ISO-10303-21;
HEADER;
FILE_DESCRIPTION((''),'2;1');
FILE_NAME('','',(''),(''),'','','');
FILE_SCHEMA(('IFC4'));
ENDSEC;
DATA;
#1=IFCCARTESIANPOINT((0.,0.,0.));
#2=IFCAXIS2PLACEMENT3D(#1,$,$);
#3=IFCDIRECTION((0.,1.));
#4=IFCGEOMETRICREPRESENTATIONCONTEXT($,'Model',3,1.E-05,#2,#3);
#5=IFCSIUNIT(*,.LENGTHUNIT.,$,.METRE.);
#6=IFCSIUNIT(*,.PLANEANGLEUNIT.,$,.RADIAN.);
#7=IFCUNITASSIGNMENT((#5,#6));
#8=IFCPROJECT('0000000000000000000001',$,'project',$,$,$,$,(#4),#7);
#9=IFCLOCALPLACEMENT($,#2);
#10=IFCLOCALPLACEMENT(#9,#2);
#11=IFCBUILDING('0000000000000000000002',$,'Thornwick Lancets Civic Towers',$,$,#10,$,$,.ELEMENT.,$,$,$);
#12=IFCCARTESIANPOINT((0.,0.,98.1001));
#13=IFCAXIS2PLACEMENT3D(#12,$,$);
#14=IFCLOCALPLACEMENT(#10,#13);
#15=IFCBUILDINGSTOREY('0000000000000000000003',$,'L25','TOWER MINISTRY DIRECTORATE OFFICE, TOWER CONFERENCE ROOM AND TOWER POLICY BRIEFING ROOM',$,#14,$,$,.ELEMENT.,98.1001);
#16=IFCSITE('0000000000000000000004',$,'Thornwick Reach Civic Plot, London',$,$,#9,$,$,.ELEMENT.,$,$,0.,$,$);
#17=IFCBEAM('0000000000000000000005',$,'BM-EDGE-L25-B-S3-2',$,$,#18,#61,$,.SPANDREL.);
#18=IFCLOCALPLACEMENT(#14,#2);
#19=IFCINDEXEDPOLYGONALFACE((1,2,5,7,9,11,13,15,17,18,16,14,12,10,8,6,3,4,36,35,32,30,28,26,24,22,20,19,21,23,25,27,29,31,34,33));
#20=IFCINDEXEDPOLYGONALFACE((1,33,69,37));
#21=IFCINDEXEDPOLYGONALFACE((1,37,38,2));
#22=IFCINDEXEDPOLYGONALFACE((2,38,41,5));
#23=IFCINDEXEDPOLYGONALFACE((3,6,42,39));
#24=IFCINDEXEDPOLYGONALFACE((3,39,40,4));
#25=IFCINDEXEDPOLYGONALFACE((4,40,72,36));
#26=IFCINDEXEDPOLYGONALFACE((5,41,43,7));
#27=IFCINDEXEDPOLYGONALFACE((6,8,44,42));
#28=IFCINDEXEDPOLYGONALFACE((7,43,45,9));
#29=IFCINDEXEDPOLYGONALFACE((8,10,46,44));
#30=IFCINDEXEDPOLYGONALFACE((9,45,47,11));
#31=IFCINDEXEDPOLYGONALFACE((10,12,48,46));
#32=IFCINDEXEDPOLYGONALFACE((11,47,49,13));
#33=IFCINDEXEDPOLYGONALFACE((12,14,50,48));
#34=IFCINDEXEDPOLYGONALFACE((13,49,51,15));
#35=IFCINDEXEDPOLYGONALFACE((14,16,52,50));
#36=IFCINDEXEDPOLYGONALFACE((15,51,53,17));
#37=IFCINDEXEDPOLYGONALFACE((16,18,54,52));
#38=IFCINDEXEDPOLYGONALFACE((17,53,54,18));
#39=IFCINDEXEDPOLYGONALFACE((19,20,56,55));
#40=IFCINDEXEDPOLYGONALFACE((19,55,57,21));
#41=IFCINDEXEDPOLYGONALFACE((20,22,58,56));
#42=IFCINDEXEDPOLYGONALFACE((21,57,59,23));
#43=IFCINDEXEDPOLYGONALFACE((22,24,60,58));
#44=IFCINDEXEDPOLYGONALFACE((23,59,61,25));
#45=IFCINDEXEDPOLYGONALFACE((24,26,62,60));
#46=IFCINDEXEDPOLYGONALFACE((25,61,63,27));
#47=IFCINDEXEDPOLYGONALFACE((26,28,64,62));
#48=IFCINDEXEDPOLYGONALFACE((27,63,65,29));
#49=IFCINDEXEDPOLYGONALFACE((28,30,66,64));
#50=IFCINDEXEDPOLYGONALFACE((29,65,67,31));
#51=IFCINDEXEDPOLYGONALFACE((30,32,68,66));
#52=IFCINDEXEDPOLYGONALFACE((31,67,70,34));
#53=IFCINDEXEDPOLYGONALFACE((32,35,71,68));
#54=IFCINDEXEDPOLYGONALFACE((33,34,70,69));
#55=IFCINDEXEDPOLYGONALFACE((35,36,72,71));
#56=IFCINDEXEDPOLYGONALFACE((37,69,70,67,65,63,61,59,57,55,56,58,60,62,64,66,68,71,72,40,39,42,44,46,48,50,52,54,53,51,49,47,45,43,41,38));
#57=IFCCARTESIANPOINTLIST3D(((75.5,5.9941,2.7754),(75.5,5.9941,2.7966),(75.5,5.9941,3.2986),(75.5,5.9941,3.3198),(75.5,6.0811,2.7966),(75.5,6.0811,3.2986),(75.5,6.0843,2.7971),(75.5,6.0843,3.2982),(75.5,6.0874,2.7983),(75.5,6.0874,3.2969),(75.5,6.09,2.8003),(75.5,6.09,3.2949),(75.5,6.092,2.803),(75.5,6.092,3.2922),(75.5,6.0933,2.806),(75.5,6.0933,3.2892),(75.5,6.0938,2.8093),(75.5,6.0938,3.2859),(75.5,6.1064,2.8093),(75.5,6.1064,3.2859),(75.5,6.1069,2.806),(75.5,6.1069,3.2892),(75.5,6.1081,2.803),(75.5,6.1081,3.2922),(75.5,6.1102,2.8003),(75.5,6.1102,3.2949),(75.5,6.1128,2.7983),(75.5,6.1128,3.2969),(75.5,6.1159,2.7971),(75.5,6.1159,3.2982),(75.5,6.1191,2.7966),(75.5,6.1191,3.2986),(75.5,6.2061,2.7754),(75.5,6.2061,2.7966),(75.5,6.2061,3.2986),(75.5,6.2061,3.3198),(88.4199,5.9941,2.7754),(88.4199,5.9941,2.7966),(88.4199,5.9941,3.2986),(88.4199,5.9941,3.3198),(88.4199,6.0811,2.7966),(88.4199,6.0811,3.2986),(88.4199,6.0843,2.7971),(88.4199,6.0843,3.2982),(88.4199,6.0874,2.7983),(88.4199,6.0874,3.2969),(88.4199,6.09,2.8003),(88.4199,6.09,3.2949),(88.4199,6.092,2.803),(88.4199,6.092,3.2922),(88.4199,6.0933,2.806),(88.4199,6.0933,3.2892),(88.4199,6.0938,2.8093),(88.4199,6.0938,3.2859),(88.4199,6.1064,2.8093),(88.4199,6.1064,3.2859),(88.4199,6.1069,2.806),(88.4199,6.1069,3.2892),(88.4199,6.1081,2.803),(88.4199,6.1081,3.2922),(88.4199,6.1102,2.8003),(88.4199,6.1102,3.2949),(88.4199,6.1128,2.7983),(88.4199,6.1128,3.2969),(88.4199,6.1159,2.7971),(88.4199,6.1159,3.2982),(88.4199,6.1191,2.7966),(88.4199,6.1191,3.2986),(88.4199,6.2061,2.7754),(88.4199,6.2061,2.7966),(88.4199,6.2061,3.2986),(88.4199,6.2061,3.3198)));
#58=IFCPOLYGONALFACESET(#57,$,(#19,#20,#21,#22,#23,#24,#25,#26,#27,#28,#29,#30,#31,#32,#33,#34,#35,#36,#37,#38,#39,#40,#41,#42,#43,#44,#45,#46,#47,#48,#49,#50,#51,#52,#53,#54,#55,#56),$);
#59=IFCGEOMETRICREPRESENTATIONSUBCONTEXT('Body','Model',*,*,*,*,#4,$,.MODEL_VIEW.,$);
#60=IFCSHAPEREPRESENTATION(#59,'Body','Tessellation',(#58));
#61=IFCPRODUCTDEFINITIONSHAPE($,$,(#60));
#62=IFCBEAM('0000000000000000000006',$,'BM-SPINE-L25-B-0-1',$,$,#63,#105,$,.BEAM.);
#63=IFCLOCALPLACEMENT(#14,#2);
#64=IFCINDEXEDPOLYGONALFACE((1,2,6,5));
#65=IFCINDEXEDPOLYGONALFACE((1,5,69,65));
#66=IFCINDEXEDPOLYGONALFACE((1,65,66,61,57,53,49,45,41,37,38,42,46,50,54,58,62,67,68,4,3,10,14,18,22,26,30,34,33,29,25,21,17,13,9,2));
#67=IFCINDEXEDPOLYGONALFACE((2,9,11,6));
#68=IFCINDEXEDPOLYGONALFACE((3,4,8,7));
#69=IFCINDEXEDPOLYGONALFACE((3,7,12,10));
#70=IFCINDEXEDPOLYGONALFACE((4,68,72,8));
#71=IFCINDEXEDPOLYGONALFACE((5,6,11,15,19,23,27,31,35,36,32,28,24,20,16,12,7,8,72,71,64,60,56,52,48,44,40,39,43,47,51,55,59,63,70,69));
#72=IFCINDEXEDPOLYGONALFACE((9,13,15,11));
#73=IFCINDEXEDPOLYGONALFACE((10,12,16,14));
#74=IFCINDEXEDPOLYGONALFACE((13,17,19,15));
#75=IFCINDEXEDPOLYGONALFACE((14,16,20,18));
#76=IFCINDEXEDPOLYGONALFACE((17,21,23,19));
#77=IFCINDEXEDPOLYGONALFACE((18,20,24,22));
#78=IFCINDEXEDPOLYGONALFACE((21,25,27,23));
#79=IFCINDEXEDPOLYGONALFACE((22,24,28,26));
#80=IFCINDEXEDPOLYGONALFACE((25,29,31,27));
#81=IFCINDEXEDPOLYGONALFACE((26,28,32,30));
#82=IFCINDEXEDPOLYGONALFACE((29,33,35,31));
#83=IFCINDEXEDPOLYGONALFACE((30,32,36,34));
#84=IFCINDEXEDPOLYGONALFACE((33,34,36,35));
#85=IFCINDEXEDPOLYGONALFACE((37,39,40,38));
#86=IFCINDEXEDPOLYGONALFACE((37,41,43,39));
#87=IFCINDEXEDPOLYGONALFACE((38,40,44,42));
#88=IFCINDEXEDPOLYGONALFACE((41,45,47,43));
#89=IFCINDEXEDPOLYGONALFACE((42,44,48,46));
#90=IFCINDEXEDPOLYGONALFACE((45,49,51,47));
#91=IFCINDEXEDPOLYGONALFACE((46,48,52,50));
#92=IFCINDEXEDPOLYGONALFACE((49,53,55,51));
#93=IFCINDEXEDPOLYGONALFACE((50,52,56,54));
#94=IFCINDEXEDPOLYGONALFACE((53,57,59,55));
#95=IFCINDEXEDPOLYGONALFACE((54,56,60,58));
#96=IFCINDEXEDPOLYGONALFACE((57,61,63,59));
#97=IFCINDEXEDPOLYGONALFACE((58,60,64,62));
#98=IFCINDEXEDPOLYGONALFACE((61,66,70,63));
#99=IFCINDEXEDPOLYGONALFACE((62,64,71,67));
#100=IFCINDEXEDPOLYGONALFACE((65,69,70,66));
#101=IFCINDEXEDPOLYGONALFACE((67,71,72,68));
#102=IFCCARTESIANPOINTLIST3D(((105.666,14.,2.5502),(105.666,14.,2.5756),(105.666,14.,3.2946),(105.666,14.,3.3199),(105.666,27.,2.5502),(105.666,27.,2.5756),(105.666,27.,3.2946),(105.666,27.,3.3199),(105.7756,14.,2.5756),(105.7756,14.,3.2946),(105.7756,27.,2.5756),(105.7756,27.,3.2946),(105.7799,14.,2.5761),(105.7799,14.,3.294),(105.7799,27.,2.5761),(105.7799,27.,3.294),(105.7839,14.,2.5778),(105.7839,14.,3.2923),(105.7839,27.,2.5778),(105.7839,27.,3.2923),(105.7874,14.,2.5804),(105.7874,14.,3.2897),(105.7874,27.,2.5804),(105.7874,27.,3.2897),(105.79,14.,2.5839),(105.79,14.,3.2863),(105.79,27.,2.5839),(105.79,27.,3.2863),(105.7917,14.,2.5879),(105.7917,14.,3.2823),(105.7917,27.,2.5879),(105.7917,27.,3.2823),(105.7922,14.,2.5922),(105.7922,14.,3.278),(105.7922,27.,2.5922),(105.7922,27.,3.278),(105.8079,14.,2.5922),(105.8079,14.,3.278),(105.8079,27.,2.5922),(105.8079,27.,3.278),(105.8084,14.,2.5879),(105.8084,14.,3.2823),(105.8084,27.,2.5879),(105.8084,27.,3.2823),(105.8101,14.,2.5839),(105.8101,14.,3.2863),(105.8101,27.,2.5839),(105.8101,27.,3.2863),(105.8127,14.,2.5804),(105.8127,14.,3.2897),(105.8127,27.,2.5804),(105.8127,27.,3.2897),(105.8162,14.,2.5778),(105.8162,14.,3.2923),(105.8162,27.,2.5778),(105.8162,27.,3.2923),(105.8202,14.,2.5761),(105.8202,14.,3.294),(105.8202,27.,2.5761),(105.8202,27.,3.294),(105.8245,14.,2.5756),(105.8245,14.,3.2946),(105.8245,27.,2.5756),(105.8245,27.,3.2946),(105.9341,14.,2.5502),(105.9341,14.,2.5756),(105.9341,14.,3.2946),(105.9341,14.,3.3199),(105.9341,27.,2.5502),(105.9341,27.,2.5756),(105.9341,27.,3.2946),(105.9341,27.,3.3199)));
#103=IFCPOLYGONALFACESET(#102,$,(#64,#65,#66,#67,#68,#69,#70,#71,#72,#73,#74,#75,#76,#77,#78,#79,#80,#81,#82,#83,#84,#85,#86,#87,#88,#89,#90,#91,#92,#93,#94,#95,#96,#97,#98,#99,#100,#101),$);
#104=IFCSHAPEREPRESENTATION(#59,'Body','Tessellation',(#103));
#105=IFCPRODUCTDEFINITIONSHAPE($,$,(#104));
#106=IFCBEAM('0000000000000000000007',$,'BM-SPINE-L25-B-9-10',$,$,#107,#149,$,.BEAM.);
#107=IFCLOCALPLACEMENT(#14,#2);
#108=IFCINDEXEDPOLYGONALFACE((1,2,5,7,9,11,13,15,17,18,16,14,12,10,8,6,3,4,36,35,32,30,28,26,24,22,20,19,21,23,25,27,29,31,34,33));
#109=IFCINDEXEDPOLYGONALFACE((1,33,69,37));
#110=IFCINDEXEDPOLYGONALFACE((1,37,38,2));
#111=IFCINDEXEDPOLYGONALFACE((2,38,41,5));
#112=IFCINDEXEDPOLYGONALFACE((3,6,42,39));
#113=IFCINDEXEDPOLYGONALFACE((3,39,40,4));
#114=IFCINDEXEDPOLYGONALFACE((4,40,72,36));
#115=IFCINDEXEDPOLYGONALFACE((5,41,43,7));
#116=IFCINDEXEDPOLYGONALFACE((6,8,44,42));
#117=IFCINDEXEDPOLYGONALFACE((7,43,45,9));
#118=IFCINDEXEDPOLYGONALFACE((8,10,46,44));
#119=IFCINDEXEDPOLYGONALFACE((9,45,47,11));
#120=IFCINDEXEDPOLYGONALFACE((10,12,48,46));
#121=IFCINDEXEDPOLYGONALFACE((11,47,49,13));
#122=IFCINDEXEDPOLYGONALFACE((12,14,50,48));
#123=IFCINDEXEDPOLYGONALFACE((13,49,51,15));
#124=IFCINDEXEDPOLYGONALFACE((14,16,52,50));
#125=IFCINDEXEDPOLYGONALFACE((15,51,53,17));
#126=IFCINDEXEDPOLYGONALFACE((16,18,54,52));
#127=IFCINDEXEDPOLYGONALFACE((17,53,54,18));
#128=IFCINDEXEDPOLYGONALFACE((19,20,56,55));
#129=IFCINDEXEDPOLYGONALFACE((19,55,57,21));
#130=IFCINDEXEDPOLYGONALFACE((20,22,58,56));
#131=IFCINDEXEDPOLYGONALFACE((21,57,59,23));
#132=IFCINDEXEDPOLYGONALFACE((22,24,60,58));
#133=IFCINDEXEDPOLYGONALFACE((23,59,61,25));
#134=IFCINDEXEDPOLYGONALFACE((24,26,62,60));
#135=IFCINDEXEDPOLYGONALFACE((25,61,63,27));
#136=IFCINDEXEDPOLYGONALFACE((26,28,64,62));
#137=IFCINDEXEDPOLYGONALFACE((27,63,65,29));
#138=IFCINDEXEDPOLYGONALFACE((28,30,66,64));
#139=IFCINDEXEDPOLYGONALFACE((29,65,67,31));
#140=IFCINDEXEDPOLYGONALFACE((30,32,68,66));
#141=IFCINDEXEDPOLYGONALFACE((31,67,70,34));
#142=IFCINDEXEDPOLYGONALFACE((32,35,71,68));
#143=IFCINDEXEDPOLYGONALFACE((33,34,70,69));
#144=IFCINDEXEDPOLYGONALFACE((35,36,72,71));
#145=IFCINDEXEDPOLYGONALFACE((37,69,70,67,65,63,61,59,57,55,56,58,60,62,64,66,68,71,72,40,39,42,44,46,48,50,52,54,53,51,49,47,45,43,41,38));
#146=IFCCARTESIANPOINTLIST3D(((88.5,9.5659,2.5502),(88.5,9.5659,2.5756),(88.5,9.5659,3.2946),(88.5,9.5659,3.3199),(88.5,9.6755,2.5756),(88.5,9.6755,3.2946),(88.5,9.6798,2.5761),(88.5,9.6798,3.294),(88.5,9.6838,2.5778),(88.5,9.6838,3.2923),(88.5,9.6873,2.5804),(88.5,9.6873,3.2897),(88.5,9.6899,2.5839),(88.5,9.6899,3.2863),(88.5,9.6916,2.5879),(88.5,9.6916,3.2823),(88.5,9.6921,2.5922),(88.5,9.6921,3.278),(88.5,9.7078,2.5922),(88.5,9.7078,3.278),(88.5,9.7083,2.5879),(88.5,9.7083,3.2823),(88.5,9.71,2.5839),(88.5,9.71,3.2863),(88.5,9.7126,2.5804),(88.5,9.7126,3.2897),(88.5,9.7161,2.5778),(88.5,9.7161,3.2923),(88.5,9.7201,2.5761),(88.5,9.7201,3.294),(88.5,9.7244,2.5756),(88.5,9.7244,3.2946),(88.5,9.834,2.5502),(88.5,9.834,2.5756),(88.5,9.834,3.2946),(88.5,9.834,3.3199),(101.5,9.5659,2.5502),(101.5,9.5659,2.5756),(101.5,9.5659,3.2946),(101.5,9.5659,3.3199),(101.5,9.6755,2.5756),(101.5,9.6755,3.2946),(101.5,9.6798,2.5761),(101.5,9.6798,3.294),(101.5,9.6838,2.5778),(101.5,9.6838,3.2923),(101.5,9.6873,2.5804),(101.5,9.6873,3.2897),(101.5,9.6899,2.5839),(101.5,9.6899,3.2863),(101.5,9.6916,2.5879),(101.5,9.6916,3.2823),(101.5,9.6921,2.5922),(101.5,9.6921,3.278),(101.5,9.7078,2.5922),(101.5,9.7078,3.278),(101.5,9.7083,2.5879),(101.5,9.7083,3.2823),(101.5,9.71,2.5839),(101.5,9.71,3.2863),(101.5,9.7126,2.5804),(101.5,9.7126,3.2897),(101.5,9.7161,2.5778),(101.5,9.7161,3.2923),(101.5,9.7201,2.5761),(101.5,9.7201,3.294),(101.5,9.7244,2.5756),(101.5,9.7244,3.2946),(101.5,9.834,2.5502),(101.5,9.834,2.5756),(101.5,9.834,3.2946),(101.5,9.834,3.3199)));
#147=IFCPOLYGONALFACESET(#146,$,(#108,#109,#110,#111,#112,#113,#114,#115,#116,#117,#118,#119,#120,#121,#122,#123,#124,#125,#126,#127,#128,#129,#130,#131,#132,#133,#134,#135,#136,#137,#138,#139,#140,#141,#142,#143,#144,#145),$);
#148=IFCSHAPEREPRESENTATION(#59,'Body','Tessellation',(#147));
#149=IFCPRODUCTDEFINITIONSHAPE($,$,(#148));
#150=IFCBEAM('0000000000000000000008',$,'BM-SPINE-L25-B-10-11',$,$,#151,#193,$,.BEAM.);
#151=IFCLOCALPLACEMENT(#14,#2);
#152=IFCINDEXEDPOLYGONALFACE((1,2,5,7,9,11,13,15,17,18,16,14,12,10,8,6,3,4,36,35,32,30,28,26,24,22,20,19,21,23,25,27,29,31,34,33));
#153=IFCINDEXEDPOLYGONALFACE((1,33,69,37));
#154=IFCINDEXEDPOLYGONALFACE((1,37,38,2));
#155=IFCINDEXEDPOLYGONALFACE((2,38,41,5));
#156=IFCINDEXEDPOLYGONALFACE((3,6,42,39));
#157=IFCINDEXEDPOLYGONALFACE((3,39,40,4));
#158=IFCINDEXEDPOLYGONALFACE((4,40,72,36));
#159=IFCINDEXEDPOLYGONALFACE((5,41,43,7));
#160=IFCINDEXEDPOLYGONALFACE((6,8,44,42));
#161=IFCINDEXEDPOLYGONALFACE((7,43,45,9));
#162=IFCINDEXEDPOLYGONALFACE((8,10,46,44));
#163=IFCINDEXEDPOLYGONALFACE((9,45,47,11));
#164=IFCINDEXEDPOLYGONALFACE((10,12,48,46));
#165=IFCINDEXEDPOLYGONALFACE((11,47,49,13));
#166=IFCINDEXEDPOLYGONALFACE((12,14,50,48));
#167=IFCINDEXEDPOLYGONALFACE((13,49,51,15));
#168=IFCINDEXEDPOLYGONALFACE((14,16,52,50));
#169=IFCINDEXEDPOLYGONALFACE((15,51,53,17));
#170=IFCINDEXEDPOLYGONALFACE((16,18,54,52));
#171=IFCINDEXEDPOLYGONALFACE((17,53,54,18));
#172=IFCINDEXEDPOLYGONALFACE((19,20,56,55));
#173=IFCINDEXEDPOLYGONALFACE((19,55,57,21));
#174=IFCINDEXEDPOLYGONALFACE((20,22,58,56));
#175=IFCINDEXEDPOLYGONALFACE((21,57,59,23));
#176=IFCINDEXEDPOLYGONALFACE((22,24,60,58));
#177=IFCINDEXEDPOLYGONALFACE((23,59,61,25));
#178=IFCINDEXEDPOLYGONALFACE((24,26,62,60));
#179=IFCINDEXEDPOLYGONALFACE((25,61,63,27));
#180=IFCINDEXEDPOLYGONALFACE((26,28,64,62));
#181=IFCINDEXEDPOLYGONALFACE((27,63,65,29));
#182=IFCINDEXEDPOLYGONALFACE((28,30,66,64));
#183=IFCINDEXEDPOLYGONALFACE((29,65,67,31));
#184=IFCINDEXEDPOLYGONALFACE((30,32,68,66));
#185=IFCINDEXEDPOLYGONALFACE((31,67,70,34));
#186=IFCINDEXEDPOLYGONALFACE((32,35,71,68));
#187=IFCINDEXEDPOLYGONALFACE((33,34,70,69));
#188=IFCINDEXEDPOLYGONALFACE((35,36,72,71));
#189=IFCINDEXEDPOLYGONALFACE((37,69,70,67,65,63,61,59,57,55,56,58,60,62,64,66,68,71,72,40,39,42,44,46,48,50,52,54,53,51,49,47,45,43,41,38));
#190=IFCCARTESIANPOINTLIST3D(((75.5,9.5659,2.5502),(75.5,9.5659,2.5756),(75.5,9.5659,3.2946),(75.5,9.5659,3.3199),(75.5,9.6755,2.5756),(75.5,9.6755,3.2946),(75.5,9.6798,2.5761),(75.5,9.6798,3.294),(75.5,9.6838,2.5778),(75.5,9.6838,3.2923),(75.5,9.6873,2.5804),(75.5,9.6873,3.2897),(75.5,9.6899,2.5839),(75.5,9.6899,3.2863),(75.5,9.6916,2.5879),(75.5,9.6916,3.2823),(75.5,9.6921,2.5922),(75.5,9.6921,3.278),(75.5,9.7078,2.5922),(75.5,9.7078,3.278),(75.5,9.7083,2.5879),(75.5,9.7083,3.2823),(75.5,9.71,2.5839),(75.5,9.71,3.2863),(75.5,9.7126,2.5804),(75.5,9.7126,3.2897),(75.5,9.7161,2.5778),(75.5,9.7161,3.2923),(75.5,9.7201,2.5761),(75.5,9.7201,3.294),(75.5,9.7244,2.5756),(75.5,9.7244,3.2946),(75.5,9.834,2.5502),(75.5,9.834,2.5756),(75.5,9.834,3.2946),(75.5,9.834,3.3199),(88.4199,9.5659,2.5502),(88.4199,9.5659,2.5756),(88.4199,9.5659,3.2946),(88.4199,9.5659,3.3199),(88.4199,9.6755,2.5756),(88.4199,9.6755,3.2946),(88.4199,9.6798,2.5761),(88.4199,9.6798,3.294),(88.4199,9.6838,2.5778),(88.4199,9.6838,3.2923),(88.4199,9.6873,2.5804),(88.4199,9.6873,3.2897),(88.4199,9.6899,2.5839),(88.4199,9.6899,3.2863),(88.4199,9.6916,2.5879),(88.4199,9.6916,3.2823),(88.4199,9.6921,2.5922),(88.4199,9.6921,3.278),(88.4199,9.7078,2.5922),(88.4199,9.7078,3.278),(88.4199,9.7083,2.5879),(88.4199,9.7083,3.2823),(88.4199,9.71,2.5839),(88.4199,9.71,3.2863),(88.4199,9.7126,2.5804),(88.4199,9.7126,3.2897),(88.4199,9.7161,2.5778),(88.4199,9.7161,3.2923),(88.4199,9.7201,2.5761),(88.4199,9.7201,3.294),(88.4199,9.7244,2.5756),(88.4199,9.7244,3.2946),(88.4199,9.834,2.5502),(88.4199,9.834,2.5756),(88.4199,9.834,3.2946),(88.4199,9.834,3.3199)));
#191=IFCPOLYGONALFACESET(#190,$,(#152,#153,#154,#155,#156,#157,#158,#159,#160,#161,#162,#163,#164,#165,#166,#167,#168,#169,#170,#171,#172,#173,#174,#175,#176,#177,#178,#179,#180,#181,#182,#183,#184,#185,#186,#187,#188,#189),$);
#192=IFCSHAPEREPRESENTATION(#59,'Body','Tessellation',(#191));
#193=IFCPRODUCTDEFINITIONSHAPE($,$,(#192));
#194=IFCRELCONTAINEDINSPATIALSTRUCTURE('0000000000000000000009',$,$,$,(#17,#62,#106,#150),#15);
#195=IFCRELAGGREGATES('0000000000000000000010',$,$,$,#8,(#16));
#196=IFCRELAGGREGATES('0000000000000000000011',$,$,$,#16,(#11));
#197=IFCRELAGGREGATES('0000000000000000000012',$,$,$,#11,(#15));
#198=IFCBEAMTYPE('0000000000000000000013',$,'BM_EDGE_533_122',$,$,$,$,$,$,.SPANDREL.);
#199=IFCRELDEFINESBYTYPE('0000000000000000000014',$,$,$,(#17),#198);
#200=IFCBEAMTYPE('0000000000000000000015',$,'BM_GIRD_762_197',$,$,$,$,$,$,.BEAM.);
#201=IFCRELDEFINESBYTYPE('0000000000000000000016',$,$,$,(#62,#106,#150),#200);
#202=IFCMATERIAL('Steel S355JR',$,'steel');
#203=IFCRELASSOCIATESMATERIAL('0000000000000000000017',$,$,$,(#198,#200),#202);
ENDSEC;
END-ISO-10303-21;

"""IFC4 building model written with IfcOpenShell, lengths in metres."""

from ifc_helpers import new_model, si_unit, direction, frame, origin, origin_2d, place, context, subcontext, project, spatial, i_section, extrude, material, material_profile, profile_set, type_object, element, save


model = new_model("IFC4")

# Units and contexts
model_context = context("Model", 3, precision=1e-05, world=origin(), true_north=direction((0.0, 1.0)))
body_context = subcontext(model_context, "Body", "Model", "MODEL_VIEW")
ifc_project = project(units=[si_unit("LENGTHUNIT", "METRE"), si_unit("PLANEANGLEUNIT", "RADIAN")], contexts=[model_context])

# Site, building, storey
site_placement = place(None, origin())
site = spatial("IfcSite", under=ifc_project, at=site_placement, Name="Thornwick Reach Civic Plot, London", CompositionType="ELEMENT", RefElevation=0.0)
building_placement = place(site_placement, origin())
building = spatial("IfcBuilding", under=site, at=building_placement, Name="Thornwick Lancets Civic Towers", CompositionType="ELEMENT")
storey_placement = place(building_placement, frame((0.0, 0.0, 98.1001)))
storey = spatial("IfcBuildingStorey", under=building, at=storey_placement, Name="L25", Description="TOWER MINISTRY DIRECTORATE OFFICE, TOWER CONFERENCE ROOM AND TOWER POLICY BRIEFING ROOM", CompositionType="ELEMENT", Elevation=98.1001)

# Beams
ifc_material_1 = material(Name="Steel S355JR", Category="steel")
ifc_material_profile_1 = material_profile(ifc_material_1, i_section(OverallWidth=0.2119, OverallDepth=0.5444, WebThickness=0.0127, FlangeThickness=0.0212, FilletRadius=0.0127, at=origin_2d()), Name="UKB 533x210x122")
ifc_profile_set_1 = profile_set([ifc_material_profile_1], Name="Steel S355JR")
beam_type_1 = type_object("IfcBeamType", Name="BM_EDGE_533_122", PredefinedType="SPANDREL", material=ifc_profile_set_1)
beam_1_placement = place(storey_placement, frame((88.4199, 6.1001, 3.0476), z_axis=(-1.0, 0.0, 0.0), x_axis=(0.0, -1.0, 0.0)))
element("IfcBeam", 1, at=beam_1_placement, inside=storey, type_object=beam_type_1, Name="BM-EDGE-L25-B-S3-2", PredefinedType="SPANDREL", context=body_context, shape_type="SweptSolid", body=[
    extrude(i_section(OverallWidth=0.2119, OverallDepth=0.5444, WebThickness=0.0127, FlangeThickness=0.0212, FilletRadius=0.0127, at=origin_2d()), origin(), (0.0, 0.0, 1.0), 12.9199),
])
ifc_material_profile_2 = material_profile(ifc_material_1, i_section(OverallWidth=0.2681, OverallDepth=0.7698, WebThickness=0.0156, FlangeThickness=0.0254, FilletRadius=0.0166, at=origin_2d()), Name="UKB 762x267x197")
ifc_profile_set_2 = profile_set([ifc_material_profile_2], Name="Steel S355JR")
beam_type_2 = type_object("IfcBeamType", Name="BM_GIRD_762_197", PredefinedType="BEAM", material=ifc_profile_set_2)
for number, where, z_axis, x_axis, name in (
    (2, (105.8, 14.0, 2.9351), (0.0, 1.0, 0.0), (-1.0, 0.0, 0.0), "BM-SPINE-L25-B-0-1"),
    (3, (101.5, 9.7, 2.9351), (-1.0, 0.0, 0.0), (0.0, -1.0, 0.0), "BM-SPINE-L25-B-9-10"),
):
    element("IfcBeam", number, at=place(storey_placement, frame(where, z_axis=z_axis, x_axis=x_axis)), inside=storey, type_object=beam_type_2, Name=name, PredefinedType="BEAM", context=body_context, shape_type="SweptSolid", body=[
        extrude(i_section(OverallWidth=0.2681, OverallDepth=0.7698, WebThickness=0.0156, FlangeThickness=0.0254, FilletRadius=0.0166, at=origin_2d()), origin(), (0.0, 0.0, 1.0), 13.0),
    ])
beam_2_placement = place(storey_placement, frame((88.4199, 9.7, 2.9351), z_axis=(-1.0, 0.0, 0.0), x_axis=(0.0, -1.0, 0.0)))
element("IfcBeam", 4, at=beam_2_placement, inside=storey, type_object=beam_type_2, Name="BM-SPINE-L25-B-10-11", PredefinedType="BEAM", context=body_context, shape_type="SweptSolid", body=[
    extrude(i_section(OverallWidth=0.2681, OverallDepth=0.7698, WebThickness=0.0156, FlangeThickness=0.0254, FilletRadius=0.0166, at=origin_2d()), origin(), (0.0, 0.0, 1.0), 12.9199),
])

save(model, "model.ifc")
